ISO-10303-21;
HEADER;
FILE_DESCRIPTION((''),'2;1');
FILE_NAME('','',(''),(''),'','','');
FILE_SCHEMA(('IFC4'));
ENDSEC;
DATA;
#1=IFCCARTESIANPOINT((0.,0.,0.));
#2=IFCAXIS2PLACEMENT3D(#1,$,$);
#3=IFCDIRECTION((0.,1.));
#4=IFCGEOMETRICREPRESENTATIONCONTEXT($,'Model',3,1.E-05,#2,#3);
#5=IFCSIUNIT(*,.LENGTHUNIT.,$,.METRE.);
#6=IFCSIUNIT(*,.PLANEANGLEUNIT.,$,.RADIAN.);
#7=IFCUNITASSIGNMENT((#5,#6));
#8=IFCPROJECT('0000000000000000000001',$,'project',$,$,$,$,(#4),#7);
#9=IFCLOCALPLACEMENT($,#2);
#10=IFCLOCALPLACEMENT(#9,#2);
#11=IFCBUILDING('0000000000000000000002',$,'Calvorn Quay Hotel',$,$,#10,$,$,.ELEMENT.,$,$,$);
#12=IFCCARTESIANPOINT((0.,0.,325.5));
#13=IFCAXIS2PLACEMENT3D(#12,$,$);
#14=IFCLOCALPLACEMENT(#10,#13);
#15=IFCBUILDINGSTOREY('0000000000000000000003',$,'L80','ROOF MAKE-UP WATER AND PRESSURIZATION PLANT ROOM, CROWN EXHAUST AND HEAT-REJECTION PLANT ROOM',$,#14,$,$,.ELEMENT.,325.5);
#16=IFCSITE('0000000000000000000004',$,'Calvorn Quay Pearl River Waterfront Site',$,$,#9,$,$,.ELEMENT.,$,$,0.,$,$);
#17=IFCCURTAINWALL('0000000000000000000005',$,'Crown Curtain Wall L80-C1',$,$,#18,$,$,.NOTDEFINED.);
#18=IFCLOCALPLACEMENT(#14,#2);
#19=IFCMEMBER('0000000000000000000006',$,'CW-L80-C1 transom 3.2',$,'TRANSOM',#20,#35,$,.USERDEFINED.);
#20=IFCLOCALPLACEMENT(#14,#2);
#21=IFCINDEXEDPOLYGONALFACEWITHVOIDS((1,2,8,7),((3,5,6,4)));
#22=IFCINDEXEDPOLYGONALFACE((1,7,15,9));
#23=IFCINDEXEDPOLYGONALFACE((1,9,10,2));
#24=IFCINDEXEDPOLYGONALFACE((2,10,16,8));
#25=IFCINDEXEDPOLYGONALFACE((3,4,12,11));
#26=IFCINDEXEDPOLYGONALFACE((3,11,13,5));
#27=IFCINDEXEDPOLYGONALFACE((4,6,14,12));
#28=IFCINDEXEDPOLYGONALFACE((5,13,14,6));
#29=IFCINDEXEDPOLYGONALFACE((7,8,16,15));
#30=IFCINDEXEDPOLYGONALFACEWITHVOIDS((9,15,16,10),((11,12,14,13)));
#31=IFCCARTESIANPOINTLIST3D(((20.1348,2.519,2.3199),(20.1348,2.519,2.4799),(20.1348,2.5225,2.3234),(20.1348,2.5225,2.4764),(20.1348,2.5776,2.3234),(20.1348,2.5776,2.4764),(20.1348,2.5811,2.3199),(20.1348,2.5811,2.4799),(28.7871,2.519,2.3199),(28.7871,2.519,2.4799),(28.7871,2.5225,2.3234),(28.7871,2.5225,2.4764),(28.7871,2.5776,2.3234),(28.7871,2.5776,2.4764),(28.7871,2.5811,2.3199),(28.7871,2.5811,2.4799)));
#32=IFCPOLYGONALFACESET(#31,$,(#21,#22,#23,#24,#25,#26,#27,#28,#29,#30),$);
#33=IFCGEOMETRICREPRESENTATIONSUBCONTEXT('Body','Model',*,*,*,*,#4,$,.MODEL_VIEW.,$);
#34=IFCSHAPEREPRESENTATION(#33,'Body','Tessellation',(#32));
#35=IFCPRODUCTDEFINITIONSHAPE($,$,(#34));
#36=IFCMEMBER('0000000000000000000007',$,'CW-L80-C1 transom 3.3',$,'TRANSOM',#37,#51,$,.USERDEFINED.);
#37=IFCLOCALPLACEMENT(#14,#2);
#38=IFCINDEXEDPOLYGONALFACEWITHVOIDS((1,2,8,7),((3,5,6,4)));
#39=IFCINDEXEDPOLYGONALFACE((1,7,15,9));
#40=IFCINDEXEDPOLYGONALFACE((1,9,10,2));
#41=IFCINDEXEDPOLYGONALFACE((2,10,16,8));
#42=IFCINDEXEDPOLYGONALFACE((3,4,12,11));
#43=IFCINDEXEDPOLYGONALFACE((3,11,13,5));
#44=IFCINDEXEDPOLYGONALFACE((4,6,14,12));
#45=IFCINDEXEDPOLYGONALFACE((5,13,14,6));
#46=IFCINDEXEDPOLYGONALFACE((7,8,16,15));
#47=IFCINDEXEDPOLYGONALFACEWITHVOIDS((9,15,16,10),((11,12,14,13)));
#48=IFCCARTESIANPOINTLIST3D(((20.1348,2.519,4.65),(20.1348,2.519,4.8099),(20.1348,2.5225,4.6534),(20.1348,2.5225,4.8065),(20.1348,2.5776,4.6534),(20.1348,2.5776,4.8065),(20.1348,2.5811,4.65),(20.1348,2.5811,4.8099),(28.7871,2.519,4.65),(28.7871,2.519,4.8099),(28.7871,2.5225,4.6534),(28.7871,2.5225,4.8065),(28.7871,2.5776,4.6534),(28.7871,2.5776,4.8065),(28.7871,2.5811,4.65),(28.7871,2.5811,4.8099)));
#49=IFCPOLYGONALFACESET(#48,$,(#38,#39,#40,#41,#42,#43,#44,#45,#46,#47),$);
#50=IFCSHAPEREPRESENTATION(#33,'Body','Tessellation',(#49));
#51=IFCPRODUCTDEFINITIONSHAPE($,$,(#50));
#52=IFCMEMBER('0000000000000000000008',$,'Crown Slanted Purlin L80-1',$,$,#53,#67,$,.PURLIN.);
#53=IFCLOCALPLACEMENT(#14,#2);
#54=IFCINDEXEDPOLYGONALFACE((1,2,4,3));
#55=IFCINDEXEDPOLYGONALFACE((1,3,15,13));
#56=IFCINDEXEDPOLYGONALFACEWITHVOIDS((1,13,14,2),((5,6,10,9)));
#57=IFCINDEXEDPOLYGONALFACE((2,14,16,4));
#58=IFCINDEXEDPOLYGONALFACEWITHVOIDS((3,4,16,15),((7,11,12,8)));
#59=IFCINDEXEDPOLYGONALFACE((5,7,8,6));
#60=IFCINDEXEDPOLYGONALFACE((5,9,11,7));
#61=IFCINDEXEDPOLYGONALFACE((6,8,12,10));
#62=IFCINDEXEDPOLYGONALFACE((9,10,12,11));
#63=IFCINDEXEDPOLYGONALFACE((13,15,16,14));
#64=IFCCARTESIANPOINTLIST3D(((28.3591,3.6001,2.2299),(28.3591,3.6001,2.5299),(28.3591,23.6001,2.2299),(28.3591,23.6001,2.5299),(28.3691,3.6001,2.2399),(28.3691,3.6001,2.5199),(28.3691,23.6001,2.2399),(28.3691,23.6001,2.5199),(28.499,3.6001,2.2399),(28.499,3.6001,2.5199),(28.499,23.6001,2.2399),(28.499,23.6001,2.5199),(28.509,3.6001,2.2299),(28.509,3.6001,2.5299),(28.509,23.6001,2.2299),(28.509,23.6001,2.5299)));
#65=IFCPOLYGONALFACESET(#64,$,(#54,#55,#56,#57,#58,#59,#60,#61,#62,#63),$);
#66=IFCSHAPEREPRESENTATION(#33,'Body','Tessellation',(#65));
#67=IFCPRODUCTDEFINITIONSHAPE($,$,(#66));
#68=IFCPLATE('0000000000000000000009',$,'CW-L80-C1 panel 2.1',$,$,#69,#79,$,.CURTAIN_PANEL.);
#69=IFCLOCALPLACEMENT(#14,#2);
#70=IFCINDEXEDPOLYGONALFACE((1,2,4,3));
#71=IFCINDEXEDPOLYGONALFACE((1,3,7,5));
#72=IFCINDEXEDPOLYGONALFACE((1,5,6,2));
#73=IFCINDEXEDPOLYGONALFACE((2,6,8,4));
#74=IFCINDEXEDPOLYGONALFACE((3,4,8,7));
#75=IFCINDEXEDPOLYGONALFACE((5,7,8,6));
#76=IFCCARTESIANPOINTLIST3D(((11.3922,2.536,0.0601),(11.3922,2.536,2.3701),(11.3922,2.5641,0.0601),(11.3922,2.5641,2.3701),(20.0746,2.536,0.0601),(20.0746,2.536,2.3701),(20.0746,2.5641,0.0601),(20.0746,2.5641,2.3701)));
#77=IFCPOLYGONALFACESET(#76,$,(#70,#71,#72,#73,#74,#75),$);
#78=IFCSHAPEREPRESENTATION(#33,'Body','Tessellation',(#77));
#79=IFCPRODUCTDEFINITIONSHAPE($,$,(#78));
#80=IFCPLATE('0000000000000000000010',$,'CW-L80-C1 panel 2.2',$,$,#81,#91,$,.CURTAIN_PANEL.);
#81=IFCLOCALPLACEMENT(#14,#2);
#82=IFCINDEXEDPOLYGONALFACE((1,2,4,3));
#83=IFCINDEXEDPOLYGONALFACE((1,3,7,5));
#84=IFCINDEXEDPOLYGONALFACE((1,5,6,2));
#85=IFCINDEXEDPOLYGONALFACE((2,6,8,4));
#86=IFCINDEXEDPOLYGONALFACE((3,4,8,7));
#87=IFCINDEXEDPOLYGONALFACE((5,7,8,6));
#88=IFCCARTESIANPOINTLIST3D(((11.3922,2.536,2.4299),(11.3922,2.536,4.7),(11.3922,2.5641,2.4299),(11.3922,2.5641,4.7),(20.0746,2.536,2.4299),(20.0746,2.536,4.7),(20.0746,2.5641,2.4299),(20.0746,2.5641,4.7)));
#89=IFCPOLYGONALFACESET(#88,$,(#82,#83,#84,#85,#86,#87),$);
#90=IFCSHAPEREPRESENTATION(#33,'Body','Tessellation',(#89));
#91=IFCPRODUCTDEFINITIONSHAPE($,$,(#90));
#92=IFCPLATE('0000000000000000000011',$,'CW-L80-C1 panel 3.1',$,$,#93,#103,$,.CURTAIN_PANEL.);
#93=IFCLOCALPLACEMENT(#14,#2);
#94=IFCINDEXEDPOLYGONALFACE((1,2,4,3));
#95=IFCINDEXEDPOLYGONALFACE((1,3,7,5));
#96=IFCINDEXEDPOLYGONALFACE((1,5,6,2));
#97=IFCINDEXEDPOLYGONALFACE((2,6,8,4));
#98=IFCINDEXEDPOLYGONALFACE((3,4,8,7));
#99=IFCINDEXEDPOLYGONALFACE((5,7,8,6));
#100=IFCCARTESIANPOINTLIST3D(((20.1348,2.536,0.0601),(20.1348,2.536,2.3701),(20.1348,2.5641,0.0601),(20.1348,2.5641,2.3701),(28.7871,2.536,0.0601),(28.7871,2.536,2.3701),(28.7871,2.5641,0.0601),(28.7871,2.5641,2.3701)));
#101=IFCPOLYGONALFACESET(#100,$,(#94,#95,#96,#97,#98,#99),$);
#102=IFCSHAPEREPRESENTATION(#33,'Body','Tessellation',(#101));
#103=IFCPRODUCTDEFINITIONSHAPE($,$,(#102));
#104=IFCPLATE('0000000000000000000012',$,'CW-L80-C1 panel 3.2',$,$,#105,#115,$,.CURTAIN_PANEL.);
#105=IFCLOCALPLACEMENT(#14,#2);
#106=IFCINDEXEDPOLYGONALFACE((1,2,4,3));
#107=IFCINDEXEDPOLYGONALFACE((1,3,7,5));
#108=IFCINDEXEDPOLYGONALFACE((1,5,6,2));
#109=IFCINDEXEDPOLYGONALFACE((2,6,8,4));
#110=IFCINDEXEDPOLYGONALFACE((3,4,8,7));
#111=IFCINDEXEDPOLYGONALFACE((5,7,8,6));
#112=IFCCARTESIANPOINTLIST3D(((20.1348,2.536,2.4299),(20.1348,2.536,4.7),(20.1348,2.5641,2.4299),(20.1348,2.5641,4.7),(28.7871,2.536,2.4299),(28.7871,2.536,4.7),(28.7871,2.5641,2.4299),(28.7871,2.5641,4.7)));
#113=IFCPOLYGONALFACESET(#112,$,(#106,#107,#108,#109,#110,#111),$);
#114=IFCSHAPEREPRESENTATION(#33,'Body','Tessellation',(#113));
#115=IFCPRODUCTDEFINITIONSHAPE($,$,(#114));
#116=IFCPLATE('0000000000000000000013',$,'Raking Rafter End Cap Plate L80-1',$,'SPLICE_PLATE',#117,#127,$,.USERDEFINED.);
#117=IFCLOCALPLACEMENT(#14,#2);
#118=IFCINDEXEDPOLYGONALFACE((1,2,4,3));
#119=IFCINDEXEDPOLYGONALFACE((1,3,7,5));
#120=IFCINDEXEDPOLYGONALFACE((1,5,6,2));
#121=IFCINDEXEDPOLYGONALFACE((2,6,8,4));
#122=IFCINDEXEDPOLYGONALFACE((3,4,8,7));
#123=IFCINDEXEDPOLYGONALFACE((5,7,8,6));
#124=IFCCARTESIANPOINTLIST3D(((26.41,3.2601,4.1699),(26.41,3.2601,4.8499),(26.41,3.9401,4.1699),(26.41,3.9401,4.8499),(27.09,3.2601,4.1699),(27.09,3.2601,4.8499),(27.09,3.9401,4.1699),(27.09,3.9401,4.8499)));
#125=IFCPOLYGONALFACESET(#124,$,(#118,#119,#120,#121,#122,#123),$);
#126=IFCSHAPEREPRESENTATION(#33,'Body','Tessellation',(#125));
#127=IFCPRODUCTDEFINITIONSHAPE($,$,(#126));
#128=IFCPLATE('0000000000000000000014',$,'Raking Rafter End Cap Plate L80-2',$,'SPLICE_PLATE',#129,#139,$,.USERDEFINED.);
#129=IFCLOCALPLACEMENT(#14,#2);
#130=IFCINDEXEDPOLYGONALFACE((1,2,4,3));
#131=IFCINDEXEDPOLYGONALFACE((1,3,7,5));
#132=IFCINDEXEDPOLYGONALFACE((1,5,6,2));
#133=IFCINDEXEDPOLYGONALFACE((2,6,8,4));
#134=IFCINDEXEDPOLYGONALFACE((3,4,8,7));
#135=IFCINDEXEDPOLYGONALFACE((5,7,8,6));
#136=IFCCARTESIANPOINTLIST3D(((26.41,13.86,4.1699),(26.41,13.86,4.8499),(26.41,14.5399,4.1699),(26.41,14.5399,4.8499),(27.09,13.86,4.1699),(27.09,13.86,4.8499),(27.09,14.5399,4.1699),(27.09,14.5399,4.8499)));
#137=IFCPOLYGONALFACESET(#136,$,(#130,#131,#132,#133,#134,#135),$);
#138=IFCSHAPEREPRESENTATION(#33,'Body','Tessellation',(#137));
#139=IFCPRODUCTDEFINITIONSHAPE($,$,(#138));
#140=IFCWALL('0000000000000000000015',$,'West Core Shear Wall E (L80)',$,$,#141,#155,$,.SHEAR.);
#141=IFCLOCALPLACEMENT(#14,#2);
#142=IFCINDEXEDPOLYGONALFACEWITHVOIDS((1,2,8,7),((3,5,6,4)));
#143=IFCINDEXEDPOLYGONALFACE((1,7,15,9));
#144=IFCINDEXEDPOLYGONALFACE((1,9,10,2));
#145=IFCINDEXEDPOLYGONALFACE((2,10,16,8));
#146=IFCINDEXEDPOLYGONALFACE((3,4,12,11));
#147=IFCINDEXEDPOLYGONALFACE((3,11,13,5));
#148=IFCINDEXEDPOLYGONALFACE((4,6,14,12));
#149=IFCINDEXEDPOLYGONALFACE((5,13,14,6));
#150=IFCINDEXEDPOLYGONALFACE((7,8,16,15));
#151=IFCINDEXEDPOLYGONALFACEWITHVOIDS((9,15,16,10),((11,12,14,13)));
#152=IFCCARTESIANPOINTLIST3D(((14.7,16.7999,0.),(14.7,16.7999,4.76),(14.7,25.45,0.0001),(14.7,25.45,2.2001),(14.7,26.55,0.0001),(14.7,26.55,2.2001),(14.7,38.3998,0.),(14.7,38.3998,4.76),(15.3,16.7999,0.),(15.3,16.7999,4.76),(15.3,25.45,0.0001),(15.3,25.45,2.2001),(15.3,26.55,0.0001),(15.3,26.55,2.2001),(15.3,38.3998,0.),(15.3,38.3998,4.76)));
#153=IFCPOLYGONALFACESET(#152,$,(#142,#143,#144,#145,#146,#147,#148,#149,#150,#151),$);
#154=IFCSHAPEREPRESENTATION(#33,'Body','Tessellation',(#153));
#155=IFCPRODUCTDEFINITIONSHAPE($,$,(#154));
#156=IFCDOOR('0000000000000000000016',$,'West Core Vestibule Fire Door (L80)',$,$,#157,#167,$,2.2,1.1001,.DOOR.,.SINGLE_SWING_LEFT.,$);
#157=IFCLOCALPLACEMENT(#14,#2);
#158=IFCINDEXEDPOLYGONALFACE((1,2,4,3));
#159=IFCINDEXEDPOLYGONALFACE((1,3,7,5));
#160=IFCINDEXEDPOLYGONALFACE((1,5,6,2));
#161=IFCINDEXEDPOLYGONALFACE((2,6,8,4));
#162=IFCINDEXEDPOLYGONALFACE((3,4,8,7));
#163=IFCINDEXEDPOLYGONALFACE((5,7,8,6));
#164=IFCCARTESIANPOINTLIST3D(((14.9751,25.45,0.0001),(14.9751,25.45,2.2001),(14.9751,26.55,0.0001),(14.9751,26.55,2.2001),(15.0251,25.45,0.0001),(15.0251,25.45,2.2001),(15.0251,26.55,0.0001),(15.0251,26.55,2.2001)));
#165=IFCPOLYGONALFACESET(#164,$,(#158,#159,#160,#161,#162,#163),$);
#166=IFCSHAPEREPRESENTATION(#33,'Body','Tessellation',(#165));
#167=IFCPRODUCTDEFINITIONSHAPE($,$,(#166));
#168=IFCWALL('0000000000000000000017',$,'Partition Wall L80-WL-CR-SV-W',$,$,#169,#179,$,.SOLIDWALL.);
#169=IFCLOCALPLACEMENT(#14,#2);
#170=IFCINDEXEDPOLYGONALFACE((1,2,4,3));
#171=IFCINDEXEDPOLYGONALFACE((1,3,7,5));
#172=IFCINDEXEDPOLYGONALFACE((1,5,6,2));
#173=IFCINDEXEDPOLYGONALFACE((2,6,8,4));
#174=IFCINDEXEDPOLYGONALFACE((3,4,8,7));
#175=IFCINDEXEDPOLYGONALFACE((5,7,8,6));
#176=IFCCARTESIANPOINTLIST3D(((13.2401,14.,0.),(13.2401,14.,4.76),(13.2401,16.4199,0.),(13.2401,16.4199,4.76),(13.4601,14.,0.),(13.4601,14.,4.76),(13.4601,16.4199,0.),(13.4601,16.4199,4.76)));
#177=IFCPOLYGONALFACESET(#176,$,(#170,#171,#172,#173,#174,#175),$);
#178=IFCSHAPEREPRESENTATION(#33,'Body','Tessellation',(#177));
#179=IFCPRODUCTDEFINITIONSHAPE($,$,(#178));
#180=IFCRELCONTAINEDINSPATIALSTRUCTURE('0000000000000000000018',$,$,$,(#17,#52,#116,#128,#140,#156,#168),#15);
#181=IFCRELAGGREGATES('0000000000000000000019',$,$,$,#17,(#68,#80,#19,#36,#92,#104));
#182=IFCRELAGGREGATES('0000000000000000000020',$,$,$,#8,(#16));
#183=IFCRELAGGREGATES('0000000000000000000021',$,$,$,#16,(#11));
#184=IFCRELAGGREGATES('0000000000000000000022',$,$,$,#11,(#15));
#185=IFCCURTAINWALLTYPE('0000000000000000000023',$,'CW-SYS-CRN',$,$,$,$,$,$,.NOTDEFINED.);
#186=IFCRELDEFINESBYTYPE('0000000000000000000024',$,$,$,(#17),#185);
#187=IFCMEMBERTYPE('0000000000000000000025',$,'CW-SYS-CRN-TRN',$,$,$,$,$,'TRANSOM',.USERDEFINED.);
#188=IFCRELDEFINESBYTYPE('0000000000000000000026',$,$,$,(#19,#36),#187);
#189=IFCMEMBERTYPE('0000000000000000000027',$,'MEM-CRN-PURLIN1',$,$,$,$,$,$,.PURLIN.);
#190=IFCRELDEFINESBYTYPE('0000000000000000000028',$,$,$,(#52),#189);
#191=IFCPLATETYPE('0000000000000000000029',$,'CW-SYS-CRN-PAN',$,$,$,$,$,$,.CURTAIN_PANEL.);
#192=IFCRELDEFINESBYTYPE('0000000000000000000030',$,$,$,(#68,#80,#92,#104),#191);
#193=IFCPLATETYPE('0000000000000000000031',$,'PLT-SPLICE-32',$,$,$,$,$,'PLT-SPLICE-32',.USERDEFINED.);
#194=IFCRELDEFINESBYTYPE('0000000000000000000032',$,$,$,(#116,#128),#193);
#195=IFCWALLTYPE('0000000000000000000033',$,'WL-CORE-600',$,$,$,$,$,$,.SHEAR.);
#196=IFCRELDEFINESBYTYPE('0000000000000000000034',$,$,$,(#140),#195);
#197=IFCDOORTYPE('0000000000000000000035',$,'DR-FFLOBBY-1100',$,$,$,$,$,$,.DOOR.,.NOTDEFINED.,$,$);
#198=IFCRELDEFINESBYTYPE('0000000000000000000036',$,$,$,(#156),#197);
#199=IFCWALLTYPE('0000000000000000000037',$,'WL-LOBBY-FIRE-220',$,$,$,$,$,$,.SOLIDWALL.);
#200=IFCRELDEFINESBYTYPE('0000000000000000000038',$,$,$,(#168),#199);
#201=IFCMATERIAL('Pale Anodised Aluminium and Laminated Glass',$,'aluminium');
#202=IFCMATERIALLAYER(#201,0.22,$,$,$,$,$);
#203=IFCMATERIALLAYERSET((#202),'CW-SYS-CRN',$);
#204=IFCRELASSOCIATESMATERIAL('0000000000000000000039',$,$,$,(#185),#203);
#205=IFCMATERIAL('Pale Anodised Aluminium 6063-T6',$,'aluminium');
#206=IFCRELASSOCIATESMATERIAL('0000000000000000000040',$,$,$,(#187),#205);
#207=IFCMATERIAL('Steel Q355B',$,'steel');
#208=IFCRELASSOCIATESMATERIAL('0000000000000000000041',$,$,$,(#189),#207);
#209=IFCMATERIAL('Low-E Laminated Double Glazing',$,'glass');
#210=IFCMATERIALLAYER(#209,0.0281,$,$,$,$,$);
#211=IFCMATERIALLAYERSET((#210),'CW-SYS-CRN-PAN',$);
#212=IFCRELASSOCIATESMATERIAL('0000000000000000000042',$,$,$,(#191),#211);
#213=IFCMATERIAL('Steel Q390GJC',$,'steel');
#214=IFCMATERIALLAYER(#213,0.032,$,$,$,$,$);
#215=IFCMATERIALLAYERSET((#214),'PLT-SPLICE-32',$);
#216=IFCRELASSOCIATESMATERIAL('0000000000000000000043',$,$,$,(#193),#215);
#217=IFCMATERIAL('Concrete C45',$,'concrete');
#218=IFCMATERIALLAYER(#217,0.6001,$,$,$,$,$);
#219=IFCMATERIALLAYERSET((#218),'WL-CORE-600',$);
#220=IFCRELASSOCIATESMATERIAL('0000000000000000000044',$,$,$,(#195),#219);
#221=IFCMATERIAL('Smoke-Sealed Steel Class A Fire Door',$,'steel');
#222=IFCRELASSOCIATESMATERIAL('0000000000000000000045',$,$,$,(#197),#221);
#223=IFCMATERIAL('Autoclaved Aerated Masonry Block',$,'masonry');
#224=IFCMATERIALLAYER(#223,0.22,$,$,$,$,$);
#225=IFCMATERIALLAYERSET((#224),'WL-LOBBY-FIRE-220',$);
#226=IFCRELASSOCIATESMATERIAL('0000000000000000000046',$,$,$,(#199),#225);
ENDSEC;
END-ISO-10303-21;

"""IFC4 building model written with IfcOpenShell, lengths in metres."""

from ifc_helpers import new_model, si_unit, direction, frame, frame_2d, origin, origin_2d, place, context, subcontext, project, spatial, rectangle, hollow_rectangle, extrude, material, layer, layer_set, material_profile, profile_set, type_object, element, fill, aggregate, save


model = new_model("IFC4")

# Units and contexts
model_context = context("Model", 3, precision=1e-05, world=origin(), true_north=direction((0.0, 1.0)))
body_context = subcontext(model_context, "Body", "Model", "MODEL_VIEW")
ifc_project = project(units=[si_unit("LENGTHUNIT", "METRE"), si_unit("PLANEANGLEUNIT", "RADIAN")], contexts=[model_context])

# Site, building, storey
site_placement = place(None, origin())
site = spatial("IfcSite", under=ifc_project, at=site_placement, Name="Calvorn Quay Pearl River Waterfront Site", CompositionType="ELEMENT", RefElevation=0.0)
building_placement = place(site_placement, origin())
building = spatial("IfcBuilding", under=site, at=building_placement, Name="Calvorn Quay Hotel", CompositionType="ELEMENT")
storey_placement = place(building_placement, frame((0.0, 0.0, 325.5)))
storey = spatial("IfcBuildingStorey", under=building, at=storey_placement, Name="L80", Description="ROOF MAKE-UP WATER AND PRESSURIZATION PLANT ROOM, CROWN EXHAUST AND HEAT-REJECTION PLANT ROOM", CompositionType="ELEMENT", Elevation=325.5)

# Curtain wall, members
ifc_material_1 = material(Name="Pale Anodised Aluminium and Laminated Glass", Category="aluminium")
ifc_layer_1 = layer(ifc_material_1, 0.22)
ifc_layer_set_1 = layer_set([ifc_layer_1], Name="CW-SYS-CRN")
curtain_wall_type = type_object("IfcCurtainWallType", Name="CW-SYS-CRN", PredefinedType="NOTDEFINED", material=ifc_layer_set_1)
curtain_wall_placement = place(storey_placement, origin())
curtain_wall = element("IfcCurtainWall", 1, at=curtain_wall_placement, inside=storey, type_object=curtain_wall_type, Name="Crown Curtain Wall L80-C1", PredefinedType="NOTDEFINED")
ifc_material_2 = material(Name="Pale Anodised Aluminium 6063-T6", Category="aluminium")
ifc_material_profile_1 = material_profile(ifc_material_2, hollow_rectangle(XDim=0.062, YDim=0.1599, WallThickness=0.0034, at=origin_2d()), Name="ALU-T160x62x3.5")
ifc_profile_set_1 = profile_set([ifc_material_profile_1], Name="Pale Anodised Aluminium 6063-T6")
member_type_1 = type_object("IfcMemberType", Name="CW-SYS-CRN-TRN", ElementType="TRANSOM", PredefinedType="USERDEFINED", material=ifc_profile_set_1)
member_1_placement = place(storey_placement, frame((20.1348, 2.55, 2.3999), z_axis=(1.0, 0.0, 0.0), x_axis=(0.0, 1.0, 0.0)))
member_1 = element("IfcMember", 2, at=member_1_placement, type_object=member_type_1, Name="CW-L80-C1 transom 3.2", ObjectType="TRANSOM", PredefinedType="USERDEFINED", context=body_context, shape_type="SweptSolid", body=[
    extrude(hollow_rectangle(XDim=0.062, YDim=0.1599, WallThickness=0.0034, at=origin_2d()), origin(), (0.0, 0.0, 1.0), 8.6523),
])
member_2_placement = place(storey_placement, frame((20.1348, 2.55, 4.73), z_axis=(1.0, 0.0, 0.0), x_axis=(0.0, 1.0, 0.0)))
member_2 = element("IfcMember", 3, at=member_2_placement, type_object=member_type_1, Name="CW-L80-C1 transom 3.3", ObjectType="TRANSOM", PredefinedType="USERDEFINED", context=body_context, shape_type="SweptSolid", body=[
    extrude(hollow_rectangle(XDim=0.062, YDim=0.1599, WallThickness=0.0034, at=origin_2d()), origin(), (0.0, 0.0, 1.0), 8.6523),
])

# Member
ifc_material_3 = material(Name="Steel Q355B", Category="steel")
ifc_material_profile_2 = material_profile(ifc_material_3, hollow_rectangle(XDim=0.1499, YDim=0.3, WallThickness=0.01, at=origin_2d()), Name="RHS300x150x10")
ifc_profile_set_2 = profile_set([ifc_material_profile_2], Name="Steel Q355B")
member_type_2 = type_object("IfcMemberType", Name="MEM-CRN-PURLIN1", PredefinedType="PURLIN", material=ifc_profile_set_2)
member_3_placement = place(storey_placement, frame((28.4341, 3.6001, 2.3799), z_axis=(0.0, 1.0, 0.0), x_axis=(-1.0, 0.0, 0.0)))
element("IfcMember", 4, at=member_3_placement, inside=storey, type_object=member_type_2, Name="Crown Slanted Purlin L80-1", PredefinedType="PURLIN", context=body_context, shape_type="SweptSolid", body=[
    extrude(hollow_rectangle(XDim=0.1499, YDim=0.3, WallThickness=0.01, at=origin_2d()), origin(), (0.0, 0.0, 1.0), 20.0),
])

# Plates
ifc_material_4 = material(Name="Low-E Laminated Double Glazing", Category="glass")
ifc_layer_2 = layer(ifc_material_4, 0.0281)
ifc_layer_set_2 = layer_set([ifc_layer_2], Name="CW-SYS-CRN-PAN")
plate_type_1 = type_object("IfcPlateType", Name="CW-SYS-CRN-PAN", PredefinedType="CURTAIN_PANEL", material=ifc_layer_set_2)
plate_1_placement = place(storey_placement, frame((15.7334, 2.55, 0.0601), z_axis=(0.0, 0.0, 1.0), x_axis=(1.0, 0.0, 0.0)))
plate_1 = element("IfcPlate", 5, at=plate_1_placement, type_object=plate_type_1, Name="CW-L80-C1 panel 2.1", PredefinedType="CURTAIN_PANEL", context=body_context, shape_type="SweptSolid", body=[
    extrude(rectangle(XDim=8.6824, YDim=0.0281, at=origin_2d()), origin(), (0.0, 0.0, 1.0), 2.3101),
])
plate_2_placement = place(storey_placement, frame((15.7334, 2.55, 2.4299), z_axis=(0.0, 0.0, 1.0), x_axis=(1.0, 0.0, 0.0)))
plate_2 = element("IfcPlate", 6, at=plate_2_placement, type_object=plate_type_1, Name="CW-L80-C1 panel 2.2", PredefinedType="CURTAIN_PANEL", context=body_context, shape_type="SweptSolid", body=[
    extrude(rectangle(XDim=8.6824, YDim=0.0281, at=origin_2d()), origin(), (0.0, 0.0, 1.0), 2.27),
])
plate_3_placement = place(storey_placement, frame((24.4609, 2.55, 0.0601), z_axis=(0.0, 0.0, 1.0), x_axis=(1.0, 0.0, 0.0)))
plate_3 = element("IfcPlate", 7, at=plate_3_placement, type_object=plate_type_1, Name="CW-L80-C1 panel 3.1", PredefinedType="CURTAIN_PANEL", context=body_context, shape_type="SweptSolid", body=[
    extrude(rectangle(XDim=8.6523, YDim=0.0281, at=origin_2d()), origin(), (0.0, 0.0, 1.0), 2.3101),
])
plate_4_placement = place(storey_placement, frame((24.4609, 2.55, 2.4299), z_axis=(0.0, 0.0, 1.0), x_axis=(1.0, 0.0, 0.0)))
plate_4 = element("IfcPlate", 8, at=plate_4_placement, type_object=plate_type_1, Name="CW-L80-C1 panel 3.2", PredefinedType="CURTAIN_PANEL", context=body_context, shape_type="SweptSolid", body=[
    extrude(rectangle(XDim=8.6523, YDim=0.0281, at=origin_2d()), origin(), (0.0, 0.0, 1.0), 2.27),
])
aggregate(curtain_wall, [plate_1, plate_2, member_1, member_2, plate_3, plate_4])

# Plates
ifc_material_5 = material(Name="Steel Q390GJC", Category="steel")
ifc_layer_3 = layer(ifc_material_5, 0.032)
ifc_layer_set_3 = layer_set([ifc_layer_3], Name="PLT-SPLICE-32")
plate_type_2 = type_object("IfcPlateType", Name="PLT-SPLICE-32", ElementType="PLT-SPLICE-32", PredefinedType="USERDEFINED", material=ifc_layer_set_3)
for number, where, z_axis, x_axis, name in (
    (9, (26.75, 3.6001, 4.1699), (0.0, 0.0, 1.0), (1.0, 0.0, 0.0), "Raking Rafter End Cap Plate L80-1"),
    (10, (26.75, 14.2, 4.1699), (0.0, 0.0, 1.0), (1.0, 0.0, 0.0), "Raking Rafter End Cap Plate L80-2"),
):
    element("IfcPlate", number, at=place(storey_placement, frame(where, z_axis=z_axis, x_axis=x_axis)), inside=storey, type_object=plate_type_2, Name=name, ObjectType="SPLICE_PLATE", PredefinedType="USERDEFINED", context=body_context, shape_type="SweptSolid", body=[
        extrude(rectangle(XDim=0.6799, YDim=0.6799, at=origin_2d()), origin(), (0.0, 0.0, 1.0), 0.6799),
    ])

# Wall, opening, door
ifc_material_6 = material(Name="Concrete C45", Category="concrete")
ifc_layer_4 = layer(ifc_material_6, 0.6001)
ifc_layer_set_4 = layer_set([ifc_layer_4], Name="WL-CORE-600")
wall_type_1 = type_object("IfcWallType", Name="WL-CORE-600", PredefinedType="SHEAR", material=ifc_layer_set_4)
wall_1_placement = place(storey_placement, frame((15.0, 16.8, 0.0), z_axis=(0.0, 0.0, 1.0), x_axis=(0.0, 1.0, 0.0)))
wall_1 = element("IfcWall", 11, at=wall_1_placement, inside=storey, type_object=wall_type_1, Name="West Core Shear Wall E (L80)", PredefinedType="SHEAR", context=body_context, shape_type="SweptSolid", body=[
    extrude(rectangle(XDim=21.5999, YDim=0.6001, at=frame_2d((10.7998, 0.0))), origin(), (0.0, 0.0, 1.0), 4.76),
])
opening_placement = place(wall_1_placement, frame((8.6499, 0.0, 0.0)))
opening = element("IfcOpeningElement", 12, at=opening_placement, cuts=wall_1, PredefinedType="OPENING", context=body_context, shape_type="SweptSolid", body=[
    extrude(rectangle(XDim=1.1001, YDim=2.2, at=frame_2d((0.55, 1.1001))), frame((0.0, 0.3101, 0.0), z_axis=(0.0, -1.0, 0.0), x_axis=(1.0, 0.0, 0.0)), (0.0, 0.0, 1.0), 0.6201),
])
ifc_material_7 = material(Name="Smoke-Sealed Steel Class A Fire Door", Category="steel")
door_type = type_object("IfcDoorType", Name="DR-FFLOBBY-1100", OperationType="NOTDEFINED", PredefinedType="DOOR", material=ifc_material_7)
door_placement = place(opening_placement, origin())
door = element("IfcDoor", 13, at=door_placement, inside=storey, type_object=door_type, Name="West Core Vestibule Fire Door (L80)", OperationType="SINGLE_SWING_LEFT", OverallHeight=2.2, OverallWidth=1.1001, PredefinedType="DOOR", context=body_context, shape_type="SweptSolid", body=[
    extrude(rectangle(XDim=1.1001, YDim=2.2, at=frame_2d((0.55, 1.1001))), frame((0.0, 0.0249, 0.0), z_axis=(0.0, -1.0, 0.0), x_axis=(1.0, 0.0, 0.0)), (0.0, 0.0, 1.0), 0.05),
])
fill(opening, door)

# Wall
ifc_material_8 = material(Name="Autoclaved Aerated Masonry Block", Category="masonry")
ifc_layer_5 = layer(ifc_material_8, 0.22)
ifc_layer_set_5 = layer_set([ifc_layer_5], Name="WL-LOBBY-FIRE-220")
wall_type_2 = type_object("IfcWallType", Name="WL-LOBBY-FIRE-220", PredefinedType="SOLIDWALL", material=ifc_layer_set_5)
wall_2_placement = place(storey_placement, frame((13.3501, 14.0, 0.0), z_axis=(0.0, 0.0, 1.0), x_axis=(0.0, 1.0, 0.0)))
element("IfcWall", 14, at=wall_2_placement, inside=storey, type_object=wall_type_2, Name="Partition Wall L80-WL-CR-SV-W", PredefinedType="SOLIDWALL", context=body_context, shape_type="SweptSolid", body=[
    extrude(rectangle(XDim=2.4199, YDim=0.22, at=frame_2d((1.21, 0.0))), origin(), (0.0, 0.0, 1.0), 4.76),
])

save(model, "model.ifc")
